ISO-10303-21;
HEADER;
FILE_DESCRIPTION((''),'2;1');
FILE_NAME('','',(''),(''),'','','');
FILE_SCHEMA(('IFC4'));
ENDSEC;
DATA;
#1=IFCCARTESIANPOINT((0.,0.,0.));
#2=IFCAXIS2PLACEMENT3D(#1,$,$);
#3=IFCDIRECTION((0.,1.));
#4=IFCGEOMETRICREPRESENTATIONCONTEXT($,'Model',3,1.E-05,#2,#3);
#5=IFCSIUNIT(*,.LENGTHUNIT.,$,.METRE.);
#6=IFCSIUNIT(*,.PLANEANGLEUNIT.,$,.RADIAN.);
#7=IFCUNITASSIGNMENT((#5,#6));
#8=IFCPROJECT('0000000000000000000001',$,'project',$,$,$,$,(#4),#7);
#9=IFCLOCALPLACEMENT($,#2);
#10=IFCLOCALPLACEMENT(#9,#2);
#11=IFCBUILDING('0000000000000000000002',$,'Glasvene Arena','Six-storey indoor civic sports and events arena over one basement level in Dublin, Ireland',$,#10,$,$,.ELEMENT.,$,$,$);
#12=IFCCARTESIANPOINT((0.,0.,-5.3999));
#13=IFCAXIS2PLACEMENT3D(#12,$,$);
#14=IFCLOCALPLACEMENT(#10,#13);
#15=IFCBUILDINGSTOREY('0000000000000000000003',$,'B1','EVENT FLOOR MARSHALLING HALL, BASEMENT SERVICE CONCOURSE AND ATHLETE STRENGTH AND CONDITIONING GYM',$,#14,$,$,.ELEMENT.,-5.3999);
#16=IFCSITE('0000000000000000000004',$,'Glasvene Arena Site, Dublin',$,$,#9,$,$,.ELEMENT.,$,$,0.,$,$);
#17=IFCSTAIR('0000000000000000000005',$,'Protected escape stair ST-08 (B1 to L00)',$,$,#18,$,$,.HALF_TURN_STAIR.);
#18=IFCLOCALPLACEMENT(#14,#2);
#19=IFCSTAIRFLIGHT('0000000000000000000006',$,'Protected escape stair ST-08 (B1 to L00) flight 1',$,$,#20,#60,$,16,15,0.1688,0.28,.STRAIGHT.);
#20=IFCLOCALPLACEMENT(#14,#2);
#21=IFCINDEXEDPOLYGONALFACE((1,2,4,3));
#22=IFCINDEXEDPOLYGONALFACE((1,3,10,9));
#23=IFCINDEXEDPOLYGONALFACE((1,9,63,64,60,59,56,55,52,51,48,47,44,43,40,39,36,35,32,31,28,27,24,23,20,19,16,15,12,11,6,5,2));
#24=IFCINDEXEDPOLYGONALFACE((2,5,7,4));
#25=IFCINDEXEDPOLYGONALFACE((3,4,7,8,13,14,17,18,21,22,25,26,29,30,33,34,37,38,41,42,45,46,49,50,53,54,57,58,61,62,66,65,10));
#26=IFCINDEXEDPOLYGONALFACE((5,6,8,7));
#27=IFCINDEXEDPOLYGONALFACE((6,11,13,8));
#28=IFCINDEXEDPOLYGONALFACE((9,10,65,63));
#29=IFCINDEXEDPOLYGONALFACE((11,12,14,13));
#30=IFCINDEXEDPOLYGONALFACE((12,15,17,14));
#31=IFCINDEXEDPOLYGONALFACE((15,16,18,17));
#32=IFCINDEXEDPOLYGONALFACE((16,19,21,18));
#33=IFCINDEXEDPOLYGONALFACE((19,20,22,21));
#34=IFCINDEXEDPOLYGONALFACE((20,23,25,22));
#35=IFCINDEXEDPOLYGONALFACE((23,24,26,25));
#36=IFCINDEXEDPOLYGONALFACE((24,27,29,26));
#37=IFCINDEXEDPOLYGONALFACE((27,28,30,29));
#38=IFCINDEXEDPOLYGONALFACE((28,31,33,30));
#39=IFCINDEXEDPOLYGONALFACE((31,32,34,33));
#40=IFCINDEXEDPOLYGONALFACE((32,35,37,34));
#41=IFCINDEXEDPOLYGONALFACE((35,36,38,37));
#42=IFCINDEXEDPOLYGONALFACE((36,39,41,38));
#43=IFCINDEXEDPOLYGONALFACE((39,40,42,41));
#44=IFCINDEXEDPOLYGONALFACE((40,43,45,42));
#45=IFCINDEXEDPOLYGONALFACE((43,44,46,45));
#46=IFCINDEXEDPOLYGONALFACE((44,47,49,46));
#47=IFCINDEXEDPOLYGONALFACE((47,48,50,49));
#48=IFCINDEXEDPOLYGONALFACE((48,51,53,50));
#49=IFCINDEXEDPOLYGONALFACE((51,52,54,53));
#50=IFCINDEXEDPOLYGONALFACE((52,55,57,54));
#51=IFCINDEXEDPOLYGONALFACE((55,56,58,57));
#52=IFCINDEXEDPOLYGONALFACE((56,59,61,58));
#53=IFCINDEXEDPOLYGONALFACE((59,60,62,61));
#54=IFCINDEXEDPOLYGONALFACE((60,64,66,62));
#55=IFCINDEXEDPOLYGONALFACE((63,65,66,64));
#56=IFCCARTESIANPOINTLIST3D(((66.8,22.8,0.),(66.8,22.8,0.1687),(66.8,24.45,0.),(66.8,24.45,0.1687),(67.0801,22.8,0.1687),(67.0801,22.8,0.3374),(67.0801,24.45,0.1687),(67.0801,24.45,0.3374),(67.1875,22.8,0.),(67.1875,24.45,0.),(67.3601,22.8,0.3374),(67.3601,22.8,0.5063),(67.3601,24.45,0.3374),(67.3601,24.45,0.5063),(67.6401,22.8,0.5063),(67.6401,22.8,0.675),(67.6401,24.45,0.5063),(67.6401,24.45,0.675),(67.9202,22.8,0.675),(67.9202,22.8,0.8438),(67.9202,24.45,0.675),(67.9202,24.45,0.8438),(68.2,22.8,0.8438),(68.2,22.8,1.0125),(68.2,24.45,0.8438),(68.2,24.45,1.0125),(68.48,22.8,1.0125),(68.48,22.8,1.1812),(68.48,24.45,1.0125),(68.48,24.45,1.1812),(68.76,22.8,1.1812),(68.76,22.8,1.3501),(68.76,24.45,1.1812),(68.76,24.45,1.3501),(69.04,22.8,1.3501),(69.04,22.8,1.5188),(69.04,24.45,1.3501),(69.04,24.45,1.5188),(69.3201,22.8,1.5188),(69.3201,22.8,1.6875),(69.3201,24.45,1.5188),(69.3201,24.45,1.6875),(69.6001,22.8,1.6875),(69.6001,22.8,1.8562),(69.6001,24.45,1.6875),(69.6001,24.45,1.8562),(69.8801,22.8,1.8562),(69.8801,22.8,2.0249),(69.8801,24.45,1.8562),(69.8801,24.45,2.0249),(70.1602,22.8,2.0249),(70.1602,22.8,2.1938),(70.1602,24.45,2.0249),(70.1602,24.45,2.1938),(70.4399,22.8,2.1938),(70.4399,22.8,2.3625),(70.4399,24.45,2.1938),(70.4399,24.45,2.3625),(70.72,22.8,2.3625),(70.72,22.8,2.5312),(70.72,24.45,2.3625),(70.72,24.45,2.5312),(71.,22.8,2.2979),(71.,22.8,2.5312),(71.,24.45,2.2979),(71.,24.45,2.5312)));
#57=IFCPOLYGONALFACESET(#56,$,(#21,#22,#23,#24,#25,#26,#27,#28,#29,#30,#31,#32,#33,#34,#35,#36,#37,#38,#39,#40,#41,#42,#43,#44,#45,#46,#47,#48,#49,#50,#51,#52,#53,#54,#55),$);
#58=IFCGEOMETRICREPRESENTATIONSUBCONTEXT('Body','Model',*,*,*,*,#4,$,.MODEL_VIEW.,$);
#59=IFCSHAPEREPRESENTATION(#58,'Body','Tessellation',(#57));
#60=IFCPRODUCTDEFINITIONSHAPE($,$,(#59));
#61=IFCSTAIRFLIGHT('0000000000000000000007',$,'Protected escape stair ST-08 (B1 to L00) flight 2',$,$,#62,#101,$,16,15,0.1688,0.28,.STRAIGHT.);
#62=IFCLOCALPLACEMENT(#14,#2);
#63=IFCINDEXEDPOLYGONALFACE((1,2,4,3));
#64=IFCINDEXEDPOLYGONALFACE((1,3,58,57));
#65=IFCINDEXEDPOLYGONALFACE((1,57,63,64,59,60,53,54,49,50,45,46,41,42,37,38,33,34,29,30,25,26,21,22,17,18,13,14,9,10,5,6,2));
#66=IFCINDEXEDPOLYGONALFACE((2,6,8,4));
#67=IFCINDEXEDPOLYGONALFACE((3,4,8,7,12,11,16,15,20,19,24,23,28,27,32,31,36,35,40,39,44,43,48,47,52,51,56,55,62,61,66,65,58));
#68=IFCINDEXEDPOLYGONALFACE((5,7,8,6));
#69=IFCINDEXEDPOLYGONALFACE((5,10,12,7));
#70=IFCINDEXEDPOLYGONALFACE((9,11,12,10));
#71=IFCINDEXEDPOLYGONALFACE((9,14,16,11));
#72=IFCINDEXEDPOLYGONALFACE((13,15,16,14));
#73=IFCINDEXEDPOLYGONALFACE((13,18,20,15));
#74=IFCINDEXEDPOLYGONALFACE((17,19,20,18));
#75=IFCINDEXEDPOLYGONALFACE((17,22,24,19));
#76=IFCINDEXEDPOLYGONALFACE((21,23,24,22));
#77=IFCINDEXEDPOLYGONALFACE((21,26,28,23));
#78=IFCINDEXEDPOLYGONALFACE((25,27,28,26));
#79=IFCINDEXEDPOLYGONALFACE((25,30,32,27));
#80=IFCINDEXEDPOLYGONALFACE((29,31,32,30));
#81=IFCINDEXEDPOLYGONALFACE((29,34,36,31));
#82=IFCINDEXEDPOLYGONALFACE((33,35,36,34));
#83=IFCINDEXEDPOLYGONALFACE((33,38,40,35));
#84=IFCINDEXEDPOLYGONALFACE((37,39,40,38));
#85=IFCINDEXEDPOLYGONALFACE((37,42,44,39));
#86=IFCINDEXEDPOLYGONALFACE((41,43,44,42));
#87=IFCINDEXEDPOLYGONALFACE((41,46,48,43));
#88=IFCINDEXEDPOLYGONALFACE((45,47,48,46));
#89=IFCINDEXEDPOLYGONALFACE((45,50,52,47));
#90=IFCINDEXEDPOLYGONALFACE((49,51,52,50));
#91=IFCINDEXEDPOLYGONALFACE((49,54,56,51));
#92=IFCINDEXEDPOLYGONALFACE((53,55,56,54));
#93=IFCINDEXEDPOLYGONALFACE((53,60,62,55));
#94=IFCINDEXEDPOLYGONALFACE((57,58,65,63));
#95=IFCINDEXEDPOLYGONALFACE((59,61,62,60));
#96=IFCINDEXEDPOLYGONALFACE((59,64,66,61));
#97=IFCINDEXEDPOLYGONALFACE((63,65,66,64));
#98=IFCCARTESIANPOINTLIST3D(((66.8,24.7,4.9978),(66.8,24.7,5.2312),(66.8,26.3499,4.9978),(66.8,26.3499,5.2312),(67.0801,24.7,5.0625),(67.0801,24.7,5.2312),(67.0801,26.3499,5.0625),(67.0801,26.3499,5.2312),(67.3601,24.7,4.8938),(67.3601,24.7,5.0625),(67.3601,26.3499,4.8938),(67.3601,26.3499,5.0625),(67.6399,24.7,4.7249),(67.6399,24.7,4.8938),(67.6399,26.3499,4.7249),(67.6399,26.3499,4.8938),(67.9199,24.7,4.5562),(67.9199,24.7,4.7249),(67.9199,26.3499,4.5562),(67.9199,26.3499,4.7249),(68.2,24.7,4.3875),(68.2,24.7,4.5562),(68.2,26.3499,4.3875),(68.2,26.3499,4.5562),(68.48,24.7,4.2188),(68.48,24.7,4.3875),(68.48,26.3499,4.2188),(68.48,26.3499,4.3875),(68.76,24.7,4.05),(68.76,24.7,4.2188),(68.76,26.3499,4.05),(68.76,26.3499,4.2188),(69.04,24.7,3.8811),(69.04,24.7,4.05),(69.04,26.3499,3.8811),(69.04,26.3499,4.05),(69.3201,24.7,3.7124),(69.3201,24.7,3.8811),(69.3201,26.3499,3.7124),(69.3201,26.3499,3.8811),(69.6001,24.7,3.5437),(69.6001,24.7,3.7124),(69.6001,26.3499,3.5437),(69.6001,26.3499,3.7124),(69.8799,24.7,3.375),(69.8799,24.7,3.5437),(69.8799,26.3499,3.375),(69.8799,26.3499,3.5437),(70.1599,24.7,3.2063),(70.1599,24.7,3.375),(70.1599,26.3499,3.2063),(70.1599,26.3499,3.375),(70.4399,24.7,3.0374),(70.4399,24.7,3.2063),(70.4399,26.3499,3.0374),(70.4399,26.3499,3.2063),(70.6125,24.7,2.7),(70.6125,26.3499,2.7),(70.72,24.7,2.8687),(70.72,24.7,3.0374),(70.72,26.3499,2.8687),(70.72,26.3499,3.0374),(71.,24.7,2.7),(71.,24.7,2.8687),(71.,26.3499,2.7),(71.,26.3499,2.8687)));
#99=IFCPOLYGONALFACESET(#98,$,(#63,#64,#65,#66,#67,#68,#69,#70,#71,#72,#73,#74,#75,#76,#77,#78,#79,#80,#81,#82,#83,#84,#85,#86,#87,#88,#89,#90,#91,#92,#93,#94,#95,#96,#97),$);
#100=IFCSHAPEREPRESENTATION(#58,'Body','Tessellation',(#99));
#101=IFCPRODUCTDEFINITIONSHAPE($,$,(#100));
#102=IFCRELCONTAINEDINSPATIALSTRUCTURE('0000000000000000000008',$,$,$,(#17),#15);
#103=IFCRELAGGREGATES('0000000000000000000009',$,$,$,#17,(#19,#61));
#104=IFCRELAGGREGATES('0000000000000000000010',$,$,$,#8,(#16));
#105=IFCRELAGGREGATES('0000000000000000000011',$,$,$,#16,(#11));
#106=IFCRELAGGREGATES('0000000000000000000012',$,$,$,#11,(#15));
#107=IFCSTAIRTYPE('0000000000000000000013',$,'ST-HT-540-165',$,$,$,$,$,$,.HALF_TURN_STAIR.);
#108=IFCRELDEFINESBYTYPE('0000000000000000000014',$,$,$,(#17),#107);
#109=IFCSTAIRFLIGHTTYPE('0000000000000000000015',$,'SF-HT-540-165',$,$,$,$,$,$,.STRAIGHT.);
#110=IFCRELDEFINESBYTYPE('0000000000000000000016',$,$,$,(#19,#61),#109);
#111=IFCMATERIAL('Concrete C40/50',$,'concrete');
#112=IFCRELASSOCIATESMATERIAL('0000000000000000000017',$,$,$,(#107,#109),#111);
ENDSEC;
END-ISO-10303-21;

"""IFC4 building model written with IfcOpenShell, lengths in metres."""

from ifc_helpers import new_model, si_unit, direction, frame, origin, place, context, subcontext, project, spatial, polyline, outline, extrude, material, type_object, element, aggregate, save


model = new_model("IFC4")

# Units and contexts
model_context = context("Model", 3, precision=1e-05, world=origin(), true_north=direction((0.0, 1.0)))
body_context = subcontext(model_context, "Body", "Model", "MODEL_VIEW")
ifc_project = project(units=[si_unit("LENGTHUNIT", "METRE"), si_unit("PLANEANGLEUNIT", "RADIAN")], contexts=[model_context])

# Site, building, storey
site_placement = place(None, origin())
site = spatial("IfcSite", under=ifc_project, at=site_placement, Name="Glasvene Arena Site, Dublin", CompositionType="ELEMENT", RefElevation=0.0)
building_placement = place(site_placement, origin())
building = spatial("IfcBuilding", under=site, at=building_placement, Name="Glasvene Arena", Description="Six-storey indoor civic sports and events arena over one basement level in Dublin, Ireland", CompositionType="ELEMENT")
storey_placement = place(building_placement, frame((0.0, 0.0, -5.3999)))
storey = spatial("IfcBuildingStorey", under=building, at=storey_placement, Name="B1", Description="EVENT FLOOR MARSHALLING HALL, BASEMENT SERVICE CONCOURSE AND ATHLETE STRENGTH AND CONDITIONING GYM", CompositionType="ELEMENT", Elevation=-5.3999)

# Shared definitions
ifc_material_1 = material(Name="Concrete C40/50", Category="concrete")

# Stair
stair_type = type_object("IfcStairType", Name="ST-HT-540-165", PredefinedType="HALF_TURN_STAIR", material=ifc_material_1)
stair_placement = place(storey_placement, origin())
stair = element("IfcStair", 1, at=stair_placement, inside=storey, type_object=stair_type, Name="Protected escape stair ST-08 (B1 to L00)", PredefinedType="HALF_TURN_STAIR")

# Stair flights
stair_flight_type = type_object("IfcStairFlightType", Name="SF-HT-540-165", PredefinedType="STRAIGHT", material=ifc_material_1)
stair_flight_1_placement = place(storey_placement, frame((66.8, 23.625, 0.0), z_axis=(0.0, 0.0, 1.0), x_axis=(1.0, 0.0, 0.0)))
stair_flight_1 = element("IfcStairFlight", 2, at=stair_flight_1_placement, type_object=stair_flight_type, Name="Protected escape stair ST-08 (B1 to L00) flight 1", NumberOfRisers=16, NumberOfTreads=15, PredefinedType="STRAIGHT", RiserHeight=0.1688, TreadLength=0.28, context=body_context, shape_type="SweptSolid", body=[
    extrude(outline(polyline([(0.0, 0.0), (0.0, 0.1687), (0.28, 0.1687), (0.28, 0.3374), (0.5601, 0.3374), (0.5601, 0.5063), (0.8401, 0.5063), (0.8401, 0.675), (1.1201, 0.675), (1.1201, 0.8438), (1.3999, 0.8438), (1.3999, 1.0125), (1.6799, 1.0125), (1.6799, 1.1812), (1.96, 1.1812), (1.96, 1.3501), (2.24, 1.3501), (2.24, 1.5188), (2.52, 1.5188), (2.52, 1.6875), (2.8, 1.6875), (2.8, 1.8562), (3.0801, 1.8562), (3.0801, 2.0249), (3.3601, 2.0249), (3.3601, 2.1938), (3.6399, 2.1938), (3.6399, 2.3625), (3.9199, 2.3625), (3.9199, 2.5312), (4.2, 2.5312), (4.2, 2.7), (4.2, 2.2979), (0.3875, 0.0), (0.0, 0.0)])), frame((0.0, 0.825, 0.0), z_axis=(0.0, -1.0, 0.0), x_axis=(1.0, 0.0, 0.0)), (0.0, 0.0, 1.0), 1.6499),
])
stair_flight_2_placement = place(storey_placement, frame((71.0, 25.5249, 2.7), z_axis=(0.0, 0.0, 1.0), x_axis=(-1.0, 0.0, 0.0)))
stair_flight_2 = element("IfcStairFlight", 3, at=stair_flight_2_placement, type_object=stair_flight_type, Name="Protected escape stair ST-08 (B1 to L00) flight 2", NumberOfRisers=16, NumberOfTreads=15, PredefinedType="STRAIGHT", RiserHeight=0.1688, TreadLength=0.28, context=body_context, shape_type="SweptSolid", body=[
    extrude(outline(polyline([(0.0, 0.0), (0.0, 0.1687), (0.28, 0.1687), (0.28, 0.3374), (0.5601, 0.3374), (0.5601, 0.5063), (0.8401, 0.5063), (0.8401, 0.675), (1.1201, 0.675), (1.1201, 0.8438), (1.3999, 0.8438), (1.3999, 1.0125), (1.6799, 1.0125), (1.6799, 1.1812), (1.96, 1.1812), (1.96, 1.3501), (2.24, 1.3501), (2.24, 1.5188), (2.52, 1.5188), (2.52, 1.6875), (2.8, 1.6875), (2.8, 1.8562), (3.0801, 1.8562), (3.0801, 2.0249), (3.3601, 2.0249), (3.3601, 2.1938), (3.6399, 2.1938), (3.6399, 2.3625), (3.9199, 2.3625), (3.9199, 2.5312), (4.2, 2.5312), (4.2, 2.7), (4.2, 2.2979), (0.3875, 0.0), (0.0, 0.0)])), frame((0.0, 0.825, 0.0), z_axis=(0.0, -1.0, 0.0), x_axis=(1.0, 0.0, 0.0)), (0.0, 0.0, 1.0), 1.6499),
])
aggregate(stair, [stair_flight_1, stair_flight_2])

save(model, "model.ifc")
